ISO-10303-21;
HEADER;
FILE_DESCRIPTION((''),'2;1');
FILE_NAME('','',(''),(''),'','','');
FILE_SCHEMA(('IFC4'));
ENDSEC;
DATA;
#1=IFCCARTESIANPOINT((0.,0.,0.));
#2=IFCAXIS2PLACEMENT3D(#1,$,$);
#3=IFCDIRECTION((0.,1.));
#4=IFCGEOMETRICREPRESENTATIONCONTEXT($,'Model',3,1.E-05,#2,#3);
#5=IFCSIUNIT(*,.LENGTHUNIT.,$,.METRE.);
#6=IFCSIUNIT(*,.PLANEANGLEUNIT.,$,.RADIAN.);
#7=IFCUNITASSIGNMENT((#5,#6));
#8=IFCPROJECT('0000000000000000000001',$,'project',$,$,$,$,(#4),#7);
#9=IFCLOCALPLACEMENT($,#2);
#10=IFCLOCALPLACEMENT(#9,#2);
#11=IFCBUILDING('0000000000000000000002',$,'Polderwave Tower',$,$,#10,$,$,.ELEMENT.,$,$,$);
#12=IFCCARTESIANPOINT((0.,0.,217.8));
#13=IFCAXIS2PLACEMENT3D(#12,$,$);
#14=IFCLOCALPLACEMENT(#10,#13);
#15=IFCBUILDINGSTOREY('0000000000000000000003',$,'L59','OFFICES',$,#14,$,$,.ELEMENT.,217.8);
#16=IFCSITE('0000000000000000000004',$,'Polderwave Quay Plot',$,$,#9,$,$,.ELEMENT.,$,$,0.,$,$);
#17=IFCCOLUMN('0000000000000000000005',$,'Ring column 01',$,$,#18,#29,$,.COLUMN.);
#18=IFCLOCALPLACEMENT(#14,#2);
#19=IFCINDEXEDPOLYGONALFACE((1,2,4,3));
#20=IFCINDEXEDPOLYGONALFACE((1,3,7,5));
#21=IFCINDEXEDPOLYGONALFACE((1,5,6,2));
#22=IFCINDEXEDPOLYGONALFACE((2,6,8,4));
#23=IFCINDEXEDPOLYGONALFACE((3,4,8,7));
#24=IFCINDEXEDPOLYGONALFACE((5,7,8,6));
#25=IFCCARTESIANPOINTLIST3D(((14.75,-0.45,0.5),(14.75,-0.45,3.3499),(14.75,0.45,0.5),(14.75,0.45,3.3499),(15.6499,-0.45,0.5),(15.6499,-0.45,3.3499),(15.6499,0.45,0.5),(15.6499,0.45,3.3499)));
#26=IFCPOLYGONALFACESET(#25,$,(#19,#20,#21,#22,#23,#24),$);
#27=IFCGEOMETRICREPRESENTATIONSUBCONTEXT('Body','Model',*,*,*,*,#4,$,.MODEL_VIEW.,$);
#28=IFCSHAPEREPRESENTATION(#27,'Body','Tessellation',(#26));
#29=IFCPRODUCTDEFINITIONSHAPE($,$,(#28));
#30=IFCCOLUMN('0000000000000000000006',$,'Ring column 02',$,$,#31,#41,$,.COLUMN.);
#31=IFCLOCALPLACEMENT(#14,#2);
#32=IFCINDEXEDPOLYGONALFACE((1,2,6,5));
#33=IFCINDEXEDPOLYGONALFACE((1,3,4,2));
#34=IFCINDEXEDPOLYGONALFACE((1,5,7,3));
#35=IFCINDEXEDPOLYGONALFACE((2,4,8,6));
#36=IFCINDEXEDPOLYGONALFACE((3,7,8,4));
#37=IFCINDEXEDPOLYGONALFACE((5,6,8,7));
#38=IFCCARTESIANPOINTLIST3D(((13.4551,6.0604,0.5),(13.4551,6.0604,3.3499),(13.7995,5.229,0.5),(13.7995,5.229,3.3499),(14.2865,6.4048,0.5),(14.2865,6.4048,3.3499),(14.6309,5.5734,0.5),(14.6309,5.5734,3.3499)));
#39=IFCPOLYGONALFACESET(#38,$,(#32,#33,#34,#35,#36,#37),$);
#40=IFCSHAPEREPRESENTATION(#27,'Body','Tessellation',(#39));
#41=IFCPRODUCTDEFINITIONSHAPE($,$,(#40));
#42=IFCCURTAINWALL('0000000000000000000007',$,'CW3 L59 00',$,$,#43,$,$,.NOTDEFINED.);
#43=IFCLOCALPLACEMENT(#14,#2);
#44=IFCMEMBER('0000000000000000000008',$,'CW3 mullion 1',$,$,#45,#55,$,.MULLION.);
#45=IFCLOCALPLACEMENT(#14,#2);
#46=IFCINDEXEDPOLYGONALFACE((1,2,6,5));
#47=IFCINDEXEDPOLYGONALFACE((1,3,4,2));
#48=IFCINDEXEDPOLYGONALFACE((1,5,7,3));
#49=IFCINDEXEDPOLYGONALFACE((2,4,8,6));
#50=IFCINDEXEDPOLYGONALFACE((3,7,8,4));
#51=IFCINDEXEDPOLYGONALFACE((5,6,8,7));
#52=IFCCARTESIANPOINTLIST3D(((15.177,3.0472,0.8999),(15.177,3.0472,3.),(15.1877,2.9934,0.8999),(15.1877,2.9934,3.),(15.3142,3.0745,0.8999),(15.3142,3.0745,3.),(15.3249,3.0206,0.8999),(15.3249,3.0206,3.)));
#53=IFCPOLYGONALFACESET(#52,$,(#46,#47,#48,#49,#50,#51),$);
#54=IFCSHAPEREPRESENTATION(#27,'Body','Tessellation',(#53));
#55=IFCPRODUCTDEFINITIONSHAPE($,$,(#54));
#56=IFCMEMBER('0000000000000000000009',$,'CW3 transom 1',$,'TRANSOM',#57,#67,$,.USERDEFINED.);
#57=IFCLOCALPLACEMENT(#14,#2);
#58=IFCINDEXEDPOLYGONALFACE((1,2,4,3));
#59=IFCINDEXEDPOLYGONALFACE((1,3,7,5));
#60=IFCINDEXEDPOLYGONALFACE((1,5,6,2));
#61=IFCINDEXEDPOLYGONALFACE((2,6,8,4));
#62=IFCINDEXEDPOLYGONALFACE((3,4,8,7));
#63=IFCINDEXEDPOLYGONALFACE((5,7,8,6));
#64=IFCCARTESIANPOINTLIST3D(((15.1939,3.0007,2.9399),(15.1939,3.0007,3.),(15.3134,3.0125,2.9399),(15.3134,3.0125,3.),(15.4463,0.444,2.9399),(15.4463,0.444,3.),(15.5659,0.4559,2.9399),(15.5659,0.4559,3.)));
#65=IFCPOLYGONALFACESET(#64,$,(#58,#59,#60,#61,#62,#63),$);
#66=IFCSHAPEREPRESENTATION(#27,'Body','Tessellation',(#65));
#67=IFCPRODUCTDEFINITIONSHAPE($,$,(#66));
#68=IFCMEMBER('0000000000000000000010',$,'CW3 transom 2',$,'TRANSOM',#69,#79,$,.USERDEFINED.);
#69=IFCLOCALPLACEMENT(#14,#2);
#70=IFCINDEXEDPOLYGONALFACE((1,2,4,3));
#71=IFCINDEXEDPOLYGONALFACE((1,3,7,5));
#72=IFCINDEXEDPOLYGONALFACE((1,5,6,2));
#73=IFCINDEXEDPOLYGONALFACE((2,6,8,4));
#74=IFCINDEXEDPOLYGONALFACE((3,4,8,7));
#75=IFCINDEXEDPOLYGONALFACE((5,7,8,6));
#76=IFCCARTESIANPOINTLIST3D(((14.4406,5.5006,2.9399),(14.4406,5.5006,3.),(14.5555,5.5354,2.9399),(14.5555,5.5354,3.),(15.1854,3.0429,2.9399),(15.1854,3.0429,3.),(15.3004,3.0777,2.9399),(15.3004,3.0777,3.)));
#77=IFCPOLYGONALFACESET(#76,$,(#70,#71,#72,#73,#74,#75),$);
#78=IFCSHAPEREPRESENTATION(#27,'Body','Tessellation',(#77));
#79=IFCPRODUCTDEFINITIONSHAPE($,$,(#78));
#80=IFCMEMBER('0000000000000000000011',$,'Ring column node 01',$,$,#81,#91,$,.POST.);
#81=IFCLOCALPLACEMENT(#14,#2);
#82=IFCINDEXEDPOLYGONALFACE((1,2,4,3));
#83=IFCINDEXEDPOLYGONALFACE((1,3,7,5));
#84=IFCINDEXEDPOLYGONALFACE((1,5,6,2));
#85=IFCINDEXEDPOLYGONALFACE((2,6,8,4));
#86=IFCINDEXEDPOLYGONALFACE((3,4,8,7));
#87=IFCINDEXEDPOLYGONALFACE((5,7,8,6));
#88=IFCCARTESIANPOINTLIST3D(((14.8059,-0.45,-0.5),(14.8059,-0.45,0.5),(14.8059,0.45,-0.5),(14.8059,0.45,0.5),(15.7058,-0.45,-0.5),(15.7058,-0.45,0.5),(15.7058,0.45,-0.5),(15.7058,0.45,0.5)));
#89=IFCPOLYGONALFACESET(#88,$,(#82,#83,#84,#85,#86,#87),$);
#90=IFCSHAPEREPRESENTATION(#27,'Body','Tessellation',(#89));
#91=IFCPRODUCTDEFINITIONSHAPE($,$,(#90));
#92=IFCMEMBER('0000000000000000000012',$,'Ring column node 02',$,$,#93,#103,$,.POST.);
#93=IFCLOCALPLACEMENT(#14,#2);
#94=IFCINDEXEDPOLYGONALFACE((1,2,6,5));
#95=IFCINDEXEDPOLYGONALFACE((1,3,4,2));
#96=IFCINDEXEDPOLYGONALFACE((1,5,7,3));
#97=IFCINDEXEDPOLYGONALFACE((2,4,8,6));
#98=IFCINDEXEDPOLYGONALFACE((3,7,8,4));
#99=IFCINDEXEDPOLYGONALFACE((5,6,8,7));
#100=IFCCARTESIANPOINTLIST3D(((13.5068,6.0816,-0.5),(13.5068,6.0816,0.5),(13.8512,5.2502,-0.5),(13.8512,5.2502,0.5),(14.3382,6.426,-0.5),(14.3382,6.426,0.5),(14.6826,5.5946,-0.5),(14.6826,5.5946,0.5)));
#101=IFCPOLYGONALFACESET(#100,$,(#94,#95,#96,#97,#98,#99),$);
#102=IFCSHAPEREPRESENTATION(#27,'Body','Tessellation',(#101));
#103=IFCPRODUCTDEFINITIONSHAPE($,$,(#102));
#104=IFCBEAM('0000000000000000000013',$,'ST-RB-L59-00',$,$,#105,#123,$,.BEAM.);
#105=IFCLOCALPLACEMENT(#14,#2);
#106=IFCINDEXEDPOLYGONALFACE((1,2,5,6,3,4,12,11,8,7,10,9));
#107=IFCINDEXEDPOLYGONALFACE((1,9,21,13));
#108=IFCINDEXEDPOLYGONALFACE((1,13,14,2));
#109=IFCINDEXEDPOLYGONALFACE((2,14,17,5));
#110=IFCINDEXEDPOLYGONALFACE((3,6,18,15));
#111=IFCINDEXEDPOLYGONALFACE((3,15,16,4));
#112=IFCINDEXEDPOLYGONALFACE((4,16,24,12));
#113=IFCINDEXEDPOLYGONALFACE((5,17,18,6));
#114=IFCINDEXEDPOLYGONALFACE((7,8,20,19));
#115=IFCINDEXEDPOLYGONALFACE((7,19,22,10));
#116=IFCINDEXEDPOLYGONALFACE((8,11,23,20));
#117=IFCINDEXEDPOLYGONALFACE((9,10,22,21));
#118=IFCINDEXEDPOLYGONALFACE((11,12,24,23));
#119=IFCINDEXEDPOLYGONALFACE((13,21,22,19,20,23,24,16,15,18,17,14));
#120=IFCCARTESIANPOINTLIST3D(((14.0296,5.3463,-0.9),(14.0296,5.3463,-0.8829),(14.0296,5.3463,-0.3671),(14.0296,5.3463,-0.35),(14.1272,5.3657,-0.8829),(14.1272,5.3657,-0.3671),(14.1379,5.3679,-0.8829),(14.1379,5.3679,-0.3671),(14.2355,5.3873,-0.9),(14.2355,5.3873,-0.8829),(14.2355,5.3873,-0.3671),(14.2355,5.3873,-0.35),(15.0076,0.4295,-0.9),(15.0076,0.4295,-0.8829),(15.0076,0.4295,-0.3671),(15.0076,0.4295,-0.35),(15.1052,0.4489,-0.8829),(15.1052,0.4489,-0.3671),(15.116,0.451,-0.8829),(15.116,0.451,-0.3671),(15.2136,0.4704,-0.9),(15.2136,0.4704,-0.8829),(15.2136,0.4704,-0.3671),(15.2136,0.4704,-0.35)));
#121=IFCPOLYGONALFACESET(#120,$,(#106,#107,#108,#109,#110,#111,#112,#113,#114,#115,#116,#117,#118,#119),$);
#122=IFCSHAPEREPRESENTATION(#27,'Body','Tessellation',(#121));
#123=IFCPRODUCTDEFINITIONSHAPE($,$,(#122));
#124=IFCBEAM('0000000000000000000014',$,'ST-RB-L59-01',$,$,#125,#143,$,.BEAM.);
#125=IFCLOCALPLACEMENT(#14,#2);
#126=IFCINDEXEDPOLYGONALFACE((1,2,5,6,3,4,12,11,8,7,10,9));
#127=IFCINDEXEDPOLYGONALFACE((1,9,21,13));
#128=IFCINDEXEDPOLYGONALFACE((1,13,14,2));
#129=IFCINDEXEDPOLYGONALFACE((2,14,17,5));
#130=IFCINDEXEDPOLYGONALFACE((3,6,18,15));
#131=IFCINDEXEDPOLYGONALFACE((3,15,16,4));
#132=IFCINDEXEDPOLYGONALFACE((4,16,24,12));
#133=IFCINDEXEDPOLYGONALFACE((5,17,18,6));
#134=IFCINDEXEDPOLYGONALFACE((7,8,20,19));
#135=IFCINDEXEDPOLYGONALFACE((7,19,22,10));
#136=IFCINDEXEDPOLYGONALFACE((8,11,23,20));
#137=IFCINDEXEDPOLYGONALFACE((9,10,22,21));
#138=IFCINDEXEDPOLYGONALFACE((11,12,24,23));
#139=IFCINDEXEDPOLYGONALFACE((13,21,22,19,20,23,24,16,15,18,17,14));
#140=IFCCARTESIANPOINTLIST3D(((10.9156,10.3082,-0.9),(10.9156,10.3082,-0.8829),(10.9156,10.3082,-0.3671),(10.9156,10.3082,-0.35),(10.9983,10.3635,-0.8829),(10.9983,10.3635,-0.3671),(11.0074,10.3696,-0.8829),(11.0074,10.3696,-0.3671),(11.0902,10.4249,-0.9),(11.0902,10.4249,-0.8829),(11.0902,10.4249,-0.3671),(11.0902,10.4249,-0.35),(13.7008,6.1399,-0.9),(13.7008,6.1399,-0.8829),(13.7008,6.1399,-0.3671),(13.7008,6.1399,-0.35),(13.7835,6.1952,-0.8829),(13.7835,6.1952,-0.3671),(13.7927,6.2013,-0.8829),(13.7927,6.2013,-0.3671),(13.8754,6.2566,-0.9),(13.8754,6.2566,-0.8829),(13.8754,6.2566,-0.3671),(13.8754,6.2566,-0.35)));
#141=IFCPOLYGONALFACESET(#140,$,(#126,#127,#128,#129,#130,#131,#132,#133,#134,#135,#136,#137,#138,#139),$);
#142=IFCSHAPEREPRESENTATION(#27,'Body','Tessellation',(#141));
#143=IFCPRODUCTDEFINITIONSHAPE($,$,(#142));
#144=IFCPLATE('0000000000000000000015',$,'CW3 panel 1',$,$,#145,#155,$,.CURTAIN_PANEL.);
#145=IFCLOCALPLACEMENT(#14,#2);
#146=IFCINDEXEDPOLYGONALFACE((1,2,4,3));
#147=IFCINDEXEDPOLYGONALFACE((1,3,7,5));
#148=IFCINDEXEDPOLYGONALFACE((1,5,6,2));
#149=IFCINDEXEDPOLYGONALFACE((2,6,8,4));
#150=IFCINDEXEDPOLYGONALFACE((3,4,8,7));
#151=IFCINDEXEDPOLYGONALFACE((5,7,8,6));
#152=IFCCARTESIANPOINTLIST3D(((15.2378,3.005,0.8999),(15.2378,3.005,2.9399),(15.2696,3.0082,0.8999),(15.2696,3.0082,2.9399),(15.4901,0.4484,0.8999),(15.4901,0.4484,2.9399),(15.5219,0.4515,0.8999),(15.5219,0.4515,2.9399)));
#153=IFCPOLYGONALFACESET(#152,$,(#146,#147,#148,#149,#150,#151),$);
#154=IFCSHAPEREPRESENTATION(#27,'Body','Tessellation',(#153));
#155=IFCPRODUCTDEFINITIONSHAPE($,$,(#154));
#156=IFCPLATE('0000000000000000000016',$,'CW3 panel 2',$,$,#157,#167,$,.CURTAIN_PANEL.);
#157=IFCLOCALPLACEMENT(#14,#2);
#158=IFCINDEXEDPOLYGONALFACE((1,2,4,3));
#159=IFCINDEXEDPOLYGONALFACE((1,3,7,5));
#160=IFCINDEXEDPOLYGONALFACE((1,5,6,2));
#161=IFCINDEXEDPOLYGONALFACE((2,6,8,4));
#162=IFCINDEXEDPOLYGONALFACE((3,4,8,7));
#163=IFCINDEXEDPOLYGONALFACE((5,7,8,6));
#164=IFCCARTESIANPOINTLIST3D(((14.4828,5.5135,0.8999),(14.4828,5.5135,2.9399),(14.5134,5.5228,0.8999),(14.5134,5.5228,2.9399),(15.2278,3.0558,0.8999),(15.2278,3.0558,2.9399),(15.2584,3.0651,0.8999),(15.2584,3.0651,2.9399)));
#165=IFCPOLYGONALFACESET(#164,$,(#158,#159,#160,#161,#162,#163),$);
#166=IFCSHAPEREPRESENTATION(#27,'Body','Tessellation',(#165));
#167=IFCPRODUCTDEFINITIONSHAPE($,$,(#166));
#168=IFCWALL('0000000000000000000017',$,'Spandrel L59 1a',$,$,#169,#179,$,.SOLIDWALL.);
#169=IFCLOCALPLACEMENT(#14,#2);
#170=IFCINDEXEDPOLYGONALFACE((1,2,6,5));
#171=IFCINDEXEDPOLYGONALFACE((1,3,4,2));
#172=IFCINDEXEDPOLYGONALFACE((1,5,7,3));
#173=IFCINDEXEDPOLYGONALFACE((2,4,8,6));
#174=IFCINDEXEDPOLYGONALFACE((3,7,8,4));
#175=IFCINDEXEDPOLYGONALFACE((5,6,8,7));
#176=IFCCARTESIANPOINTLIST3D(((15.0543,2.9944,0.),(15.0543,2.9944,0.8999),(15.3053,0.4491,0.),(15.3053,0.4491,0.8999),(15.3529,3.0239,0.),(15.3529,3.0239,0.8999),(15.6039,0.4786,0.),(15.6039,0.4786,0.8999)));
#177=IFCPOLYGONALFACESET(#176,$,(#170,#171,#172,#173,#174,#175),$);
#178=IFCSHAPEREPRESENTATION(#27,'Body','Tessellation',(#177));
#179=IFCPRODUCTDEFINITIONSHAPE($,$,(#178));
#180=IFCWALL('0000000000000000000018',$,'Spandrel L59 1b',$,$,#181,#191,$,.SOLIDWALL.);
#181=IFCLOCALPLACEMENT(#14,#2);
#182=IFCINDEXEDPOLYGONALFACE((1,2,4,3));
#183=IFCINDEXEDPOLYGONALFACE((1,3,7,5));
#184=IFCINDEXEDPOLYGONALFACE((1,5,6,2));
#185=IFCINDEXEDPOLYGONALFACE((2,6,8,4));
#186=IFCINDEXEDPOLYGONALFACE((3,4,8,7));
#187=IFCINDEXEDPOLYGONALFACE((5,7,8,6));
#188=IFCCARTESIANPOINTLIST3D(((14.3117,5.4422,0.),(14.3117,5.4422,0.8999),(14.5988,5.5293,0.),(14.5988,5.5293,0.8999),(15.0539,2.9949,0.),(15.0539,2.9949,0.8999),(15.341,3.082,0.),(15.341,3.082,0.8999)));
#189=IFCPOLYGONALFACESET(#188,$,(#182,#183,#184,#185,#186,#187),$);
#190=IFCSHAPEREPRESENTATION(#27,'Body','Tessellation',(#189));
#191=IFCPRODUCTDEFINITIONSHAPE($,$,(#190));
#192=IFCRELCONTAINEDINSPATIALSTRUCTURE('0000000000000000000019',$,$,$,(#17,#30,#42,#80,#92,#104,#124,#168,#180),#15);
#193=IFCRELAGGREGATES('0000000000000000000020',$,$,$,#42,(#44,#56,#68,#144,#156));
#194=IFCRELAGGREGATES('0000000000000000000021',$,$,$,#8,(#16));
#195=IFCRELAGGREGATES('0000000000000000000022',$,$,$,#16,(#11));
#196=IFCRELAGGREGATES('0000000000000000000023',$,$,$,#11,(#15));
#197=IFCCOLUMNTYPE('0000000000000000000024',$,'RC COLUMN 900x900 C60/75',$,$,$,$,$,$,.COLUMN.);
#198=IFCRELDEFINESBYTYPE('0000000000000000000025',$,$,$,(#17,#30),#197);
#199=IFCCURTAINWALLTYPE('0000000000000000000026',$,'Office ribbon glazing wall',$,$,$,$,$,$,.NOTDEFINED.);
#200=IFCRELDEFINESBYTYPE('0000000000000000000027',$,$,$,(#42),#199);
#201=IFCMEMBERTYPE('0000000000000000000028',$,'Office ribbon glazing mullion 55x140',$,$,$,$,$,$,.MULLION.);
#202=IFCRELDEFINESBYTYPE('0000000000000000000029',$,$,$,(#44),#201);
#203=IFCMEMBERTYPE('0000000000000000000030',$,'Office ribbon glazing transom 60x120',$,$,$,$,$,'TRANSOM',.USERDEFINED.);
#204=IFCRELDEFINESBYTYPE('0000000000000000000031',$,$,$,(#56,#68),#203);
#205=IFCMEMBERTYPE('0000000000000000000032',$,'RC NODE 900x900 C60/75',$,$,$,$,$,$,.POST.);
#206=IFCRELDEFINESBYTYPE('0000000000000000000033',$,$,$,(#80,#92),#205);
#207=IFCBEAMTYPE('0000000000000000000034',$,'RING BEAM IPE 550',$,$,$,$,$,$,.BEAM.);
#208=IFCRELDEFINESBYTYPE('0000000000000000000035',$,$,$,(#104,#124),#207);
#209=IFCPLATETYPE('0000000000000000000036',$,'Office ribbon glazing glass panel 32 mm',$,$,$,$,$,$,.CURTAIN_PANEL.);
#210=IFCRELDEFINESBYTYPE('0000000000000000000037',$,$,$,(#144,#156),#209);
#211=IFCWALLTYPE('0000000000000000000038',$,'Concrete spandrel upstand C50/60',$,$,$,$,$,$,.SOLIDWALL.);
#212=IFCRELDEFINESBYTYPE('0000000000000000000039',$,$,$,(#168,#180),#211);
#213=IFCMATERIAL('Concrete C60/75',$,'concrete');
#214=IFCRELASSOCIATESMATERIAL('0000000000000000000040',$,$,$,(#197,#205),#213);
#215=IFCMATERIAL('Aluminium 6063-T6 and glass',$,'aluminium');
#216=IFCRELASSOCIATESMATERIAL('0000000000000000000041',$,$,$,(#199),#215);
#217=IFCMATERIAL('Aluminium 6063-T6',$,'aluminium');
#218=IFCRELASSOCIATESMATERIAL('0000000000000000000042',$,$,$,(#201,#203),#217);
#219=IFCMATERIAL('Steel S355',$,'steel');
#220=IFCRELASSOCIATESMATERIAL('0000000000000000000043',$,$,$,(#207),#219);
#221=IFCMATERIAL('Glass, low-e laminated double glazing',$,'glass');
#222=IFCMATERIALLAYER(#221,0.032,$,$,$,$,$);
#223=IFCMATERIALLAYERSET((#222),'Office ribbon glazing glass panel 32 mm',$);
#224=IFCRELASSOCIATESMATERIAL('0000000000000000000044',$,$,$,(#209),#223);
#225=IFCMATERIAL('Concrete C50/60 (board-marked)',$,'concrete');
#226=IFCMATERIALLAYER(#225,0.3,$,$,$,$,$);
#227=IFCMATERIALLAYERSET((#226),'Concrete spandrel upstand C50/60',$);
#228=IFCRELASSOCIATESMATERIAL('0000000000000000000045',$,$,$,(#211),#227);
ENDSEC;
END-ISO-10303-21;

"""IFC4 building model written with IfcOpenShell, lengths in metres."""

from ifc_helpers import new_model, si_unit, direction, frame, frame_2d, origin, origin_2d, place, context, subcontext, project, spatial, rectangle, i_section, extrude, material, layer, layer_set, material_profile, profile_set, type_object, element, aggregate, save


model = new_model("IFC4")

# Units and contexts
model_context = context("Model", 3, precision=1e-05, world=origin(), true_north=direction((0.0, 1.0)))
body_context = subcontext(model_context, "Body", "Model", "MODEL_VIEW")
ifc_project = project(units=[si_unit("LENGTHUNIT", "METRE"), si_unit("PLANEANGLEUNIT", "RADIAN")], contexts=[model_context])

# Site, building, storey
site_placement = place(None, origin())
site = spatial("IfcSite", under=ifc_project, at=site_placement, Name="Polderwave Quay Plot", CompositionType="ELEMENT", RefElevation=0.0)
building_placement = place(site_placement, origin())
building = spatial("IfcBuilding", under=site, at=building_placement, Name="Polderwave Tower", CompositionType="ELEMENT")
storey_placement = place(building_placement, frame((0.0, 0.0, 217.8)))
storey = spatial("IfcBuildingStorey", under=building, at=storey_placement, Name="L59", Description="OFFICES", CompositionType="ELEMENT", Elevation=217.8)

# Columns
ifc_material_1 = material(Name="Concrete C60/75", Category="concrete")
ifc_material_profile_1 = material_profile(ifc_material_1, rectangle(XDim=0.8999, YDim=0.8999, at=origin_2d()), Name="RC 900x900")
ifc_profile_set_1 = profile_set([ifc_material_profile_1], Name="Concrete C60/75")
column_type = type_object("IfcColumnType", Name="RC COLUMN 900x900 C60/75", PredefinedType="COLUMN", material=ifc_profile_set_1)
for number, where, z_axis, x_axis, name in (
    (1, (15.2, 0.0, 0.5), (0.0, 0.0, 1.0), (1.0, 0.0, 0.0), "Ring column 01"),
    (2, (14.043, 5.8169, 0.5), (0.0, 0.0, 1.0), (0.92388, 0.382683, 0.0), "Ring column 02"),
):
    element("IfcColumn", number, at=place(storey_placement, frame(where, z_axis=z_axis, x_axis=x_axis)), inside=storey, type_object=column_type, Name=name, PredefinedType="COLUMN", context=body_context, shape_type="SweptSolid", body=[
        extrude(rectangle(XDim=0.8999, YDim=0.8999, at=origin_2d()), origin(), (0.0, 0.0, 1.0), 2.8499),
    ])

# Curtain wall, members
ifc_material_2 = material(Name="Aluminium 6063-T6 and glass", Category="aluminium")
curtain_wall_type = type_object("IfcCurtainWallType", Name="Office ribbon glazing wall", PredefinedType="NOTDEFINED", material=ifc_material_2)
curtain_wall_placement = place(storey_placement, origin())
curtain_wall = element("IfcCurtainWall", 3, at=curtain_wall_placement, inside=storey, type_object=curtain_wall_type, Name="CW3 L59 00", PredefinedType="NOTDEFINED")
ifc_material_3 = material(Name="Aluminium 6063-T6", Category="aluminium")
ifc_material_profile_2 = material_profile(ifc_material_3, rectangle(XDim=0.1399, YDim=0.0549, at=origin_2d()), Name="AL 55x140")
ifc_profile_set_2 = profile_set([ifc_material_profile_2], Name="Aluminium 6063-T6")
member_type_1 = type_object("IfcMemberType", Name="Office ribbon glazing mullion 55x140", PredefinedType="MULLION", material=ifc_profile_set_2)
member_1_placement = place(storey_placement, frame((15.251, 3.0339, 0.8999), z_axis=(0.0, 0.0, 1.0), x_axis=(-0.980785, -0.195092, 0.0)))
member_1 = element("IfcMember", 4, at=member_1_placement, type_object=member_type_1, Name="CW3 mullion 1", PredefinedType="MULLION", context=body_context, shape_type="SweptSolid", body=[
    extrude(rectangle(XDim=0.1399, YDim=0.0549, at=origin_2d()), origin(), (0.0, 0.0, 1.0), 2.1001),
])
ifc_material_profile_3 = material_profile(ifc_material_3, rectangle(XDim=0.1201, YDim=0.0601, at=origin_2d()), Name="AL 60x120")
ifc_profile_set_3 = profile_set([ifc_material_profile_3], Name="Aluminium 6063-T6")
member_type_2 = type_object("IfcMemberType", Name="Office ribbon glazing transom 60x120", ElementType="TRANSOM", PredefinedType="USERDEFINED", material=ifc_profile_set_3)
member_2_placement = place(storey_placement, frame((15.5061, 0.45, 2.97), z_axis=(-0.098262, 0.995161, 0.0), x_axis=(-0.995161, -0.098262, 0.0)))
member_2 = element("IfcMember", 5, at=member_2_placement, type_object=member_type_2, Name="CW3 transom 1", ObjectType="TRANSOM", PredefinedType="USERDEFINED", context=body_context, shape_type="SweptSolid", body=[
    extrude(rectangle(XDim=0.1201, YDim=0.0601, at=origin_2d()), origin(), (0.0, 0.0, 1.0), 2.5691),
])
member_3_placement = place(storey_placement, frame((15.2429, 3.0603, 2.97), z_axis=(-0.290042, 0.957014, 0.0), x_axis=(-0.957014, -0.290042, 0.0)))
member_3 = element("IfcMember", 6, at=member_3_placement, type_object=member_type_2, Name="CW3 transom 2", ObjectType="TRANSOM", PredefinedType="USERDEFINED", context=body_context, shape_type="SweptSolid", body=[
    extrude(rectangle(XDim=0.1201, YDim=0.0601, at=origin_2d()), origin(), (0.0, 0.0, 1.0), 2.5681),
])

# Members
ifc_material_profile_4 = material_profile(ifc_material_1, rectangle(XDim=0.8999, YDim=0.8999, at=origin_2d()), Name="RC 900x900")
ifc_profile_set_4 = profile_set([ifc_material_profile_4], Name="Concrete C60/75")
member_type_3 = type_object("IfcMemberType", Name="RC NODE 900x900 C60/75", PredefinedType="POST", material=ifc_profile_set_4)
for number, where, z_axis, x_axis, name in (
    (7, (15.2559, 0.0, -0.5), (0.0, 0.0, 1.0), (1.0, 0.0, 0.0), "Ring column node 01"),
    (8, (14.0947, 5.8381, -0.5), (0.0, 0.0, 1.0), (0.92388, 0.382683, 0.0), "Ring column node 02"),
):
    element("IfcMember", number, at=place(storey_placement, frame(where, z_axis=z_axis, x_axis=x_axis)), inside=storey, type_object=member_type_3, Name=name, PredefinedType="POST", context=body_context, shape_type="SweptSolid", body=[
        extrude(rectangle(XDim=0.8999, YDim=0.8999, at=origin_2d()), origin(), (0.0, 0.0, 1.0), 1.0),
    ])

# Beams
ifc_material_4 = material(Name="Steel S355", Category="steel")
ifc_material_profile_5 = material_profile(ifc_material_4, i_section(OverallWidth=0.21, OverallDepth=0.55, WebThickness=0.011, FlangeThickness=0.0171, at=origin_2d()), Name="IPE 550")
ifc_profile_set_5 = profile_set([ifc_material_profile_5], Name="Steel S355")
beam_type = type_object("IfcBeamType", Name="RING BEAM IPE 550", PredefinedType="BEAM", material=ifc_profile_set_5)
for number, where, z_axis, x_axis, name in (
    (9, (15.1106, 0.45, -0.625), (-0.195095, 0.980784, 0.0), (-0.980784, -0.195095, 0.0), "ST-RB-L59-00"),
    (10, (13.7881, 6.1982, -0.625), (-0.555576, 0.831465, 0.0), (-0.831465, -0.555576, 0.0), "ST-RB-L59-01"),
):
    element("IfcBeam", number, at=place(storey_placement, frame(where, z_axis=z_axis, x_axis=x_axis)), inside=storey, type_object=beam_type, Name=name, PredefinedType="BEAM", context=body_context, shape_type="SweptSolid", body=[
        extrude(i_section(OverallWidth=0.21, OverallDepth=0.55, WebThickness=0.011, FlangeThickness=0.0171, at=origin_2d()), origin(), (0.0, 0.0, 1.0), 5.0132),
    ])

# Plates
ifc_material_5 = material(Name="Glass, low-e laminated double glazing", Category="glass")
ifc_layer_1 = layer(ifc_material_5, 0.032)
ifc_layer_set_1 = layer_set([ifc_layer_1], Name="Office ribbon glazing glass panel 32 mm")
plate_type = type_object("IfcPlateType", Name="Office ribbon glazing glass panel 32 mm", PredefinedType="CURTAIN_PANEL", material=ifc_layer_set_1)
plate_1_placement = place(storey_placement, frame((15.3799, 1.7283, 0.8999), z_axis=(0.0, 0.0, 1.0), x_axis=(-0.098206, 0.995166, 0.0)))
plate_1 = element("IfcPlate", 11, at=plate_1_placement, type_object=plate_type, Name="CW3 panel 1", PredefinedType="CURTAIN_PANEL", context=body_context, shape_type="SweptSolid", body=[
    extrude(rectangle(XDim=2.5691, YDim=0.032, at=origin_2d()), origin(), (0.0, 0.0, 1.0), 2.04),
])
plate_2_placement = place(storey_placement, frame((14.8706, 4.2893, 0.8999), z_axis=(0.0, 0.0, 1.0), x_axis=(-0.290104, 0.956995, 0.0)))
plate_2 = element("IfcPlate", 12, at=plate_2_placement, type_object=plate_type, Name="CW3 panel 2", PredefinedType="CURTAIN_PANEL", context=body_context, shape_type="SweptSolid", body=[
    extrude(rectangle(XDim=2.5681, YDim=0.032, at=origin_2d()), origin(), (0.0, 0.0, 1.0), 2.04),
])
aggregate(curtain_wall, [member_1, member_2, member_3, plate_1, plate_2])

# Walls
ifc_material_6 = material(Name="Concrete C50/60 (board-marked)", Category="concrete")
ifc_layer_2 = layer(ifc_material_6, 0.3)
ifc_layer_set_2 = layer_set([ifc_layer_2], Name="Concrete spandrel upstand C50/60")
wall_type_1 = type_object("IfcWallType", Name="Concrete spandrel upstand C50/60", PredefinedType="SOLIDWALL", material=ifc_layer_set_2)
wall_1_placement = place(storey_placement, frame((15.4546, 0.4639, 0.0), z_axis=(0.0, 0.0, 1.0), x_axis=(-0.098133, 0.995173, 0.0)))
element("IfcWall", 13, at=wall_1_placement, inside=storey, type_object=wall_type_1, Name="Spandrel L59 1a", PredefinedType="SOLIDWALL", context=body_context, shape_type="SweptSolid", body=[
    extrude(rectangle(XDim=2.5576, YDim=0.3, at=frame_2d((1.2788, 0.0))), origin(), (0.0, 0.0, 1.0), 0.8999),
])
wall_2_placement = place(storey_placement, frame((15.1975, 3.0383, 0.0), z_axis=(0.0, 0.0, 1.0), x_axis=(-0.290219, 0.95696, 0.0)))
element("IfcWall", 14, at=wall_2_placement, inside=storey, type_object=wall_type_1, Name="Spandrel L59 1b", PredefinedType="SOLIDWALL", context=body_context, shape_type="SweptSolid", body=[
    extrude(rectangle(XDim=2.5574, YDim=0.3, at=frame_2d((1.2788, 0.0))), origin(), (0.0, 0.0, 1.0), 0.8999),
])

save(model, "model.ifc")
